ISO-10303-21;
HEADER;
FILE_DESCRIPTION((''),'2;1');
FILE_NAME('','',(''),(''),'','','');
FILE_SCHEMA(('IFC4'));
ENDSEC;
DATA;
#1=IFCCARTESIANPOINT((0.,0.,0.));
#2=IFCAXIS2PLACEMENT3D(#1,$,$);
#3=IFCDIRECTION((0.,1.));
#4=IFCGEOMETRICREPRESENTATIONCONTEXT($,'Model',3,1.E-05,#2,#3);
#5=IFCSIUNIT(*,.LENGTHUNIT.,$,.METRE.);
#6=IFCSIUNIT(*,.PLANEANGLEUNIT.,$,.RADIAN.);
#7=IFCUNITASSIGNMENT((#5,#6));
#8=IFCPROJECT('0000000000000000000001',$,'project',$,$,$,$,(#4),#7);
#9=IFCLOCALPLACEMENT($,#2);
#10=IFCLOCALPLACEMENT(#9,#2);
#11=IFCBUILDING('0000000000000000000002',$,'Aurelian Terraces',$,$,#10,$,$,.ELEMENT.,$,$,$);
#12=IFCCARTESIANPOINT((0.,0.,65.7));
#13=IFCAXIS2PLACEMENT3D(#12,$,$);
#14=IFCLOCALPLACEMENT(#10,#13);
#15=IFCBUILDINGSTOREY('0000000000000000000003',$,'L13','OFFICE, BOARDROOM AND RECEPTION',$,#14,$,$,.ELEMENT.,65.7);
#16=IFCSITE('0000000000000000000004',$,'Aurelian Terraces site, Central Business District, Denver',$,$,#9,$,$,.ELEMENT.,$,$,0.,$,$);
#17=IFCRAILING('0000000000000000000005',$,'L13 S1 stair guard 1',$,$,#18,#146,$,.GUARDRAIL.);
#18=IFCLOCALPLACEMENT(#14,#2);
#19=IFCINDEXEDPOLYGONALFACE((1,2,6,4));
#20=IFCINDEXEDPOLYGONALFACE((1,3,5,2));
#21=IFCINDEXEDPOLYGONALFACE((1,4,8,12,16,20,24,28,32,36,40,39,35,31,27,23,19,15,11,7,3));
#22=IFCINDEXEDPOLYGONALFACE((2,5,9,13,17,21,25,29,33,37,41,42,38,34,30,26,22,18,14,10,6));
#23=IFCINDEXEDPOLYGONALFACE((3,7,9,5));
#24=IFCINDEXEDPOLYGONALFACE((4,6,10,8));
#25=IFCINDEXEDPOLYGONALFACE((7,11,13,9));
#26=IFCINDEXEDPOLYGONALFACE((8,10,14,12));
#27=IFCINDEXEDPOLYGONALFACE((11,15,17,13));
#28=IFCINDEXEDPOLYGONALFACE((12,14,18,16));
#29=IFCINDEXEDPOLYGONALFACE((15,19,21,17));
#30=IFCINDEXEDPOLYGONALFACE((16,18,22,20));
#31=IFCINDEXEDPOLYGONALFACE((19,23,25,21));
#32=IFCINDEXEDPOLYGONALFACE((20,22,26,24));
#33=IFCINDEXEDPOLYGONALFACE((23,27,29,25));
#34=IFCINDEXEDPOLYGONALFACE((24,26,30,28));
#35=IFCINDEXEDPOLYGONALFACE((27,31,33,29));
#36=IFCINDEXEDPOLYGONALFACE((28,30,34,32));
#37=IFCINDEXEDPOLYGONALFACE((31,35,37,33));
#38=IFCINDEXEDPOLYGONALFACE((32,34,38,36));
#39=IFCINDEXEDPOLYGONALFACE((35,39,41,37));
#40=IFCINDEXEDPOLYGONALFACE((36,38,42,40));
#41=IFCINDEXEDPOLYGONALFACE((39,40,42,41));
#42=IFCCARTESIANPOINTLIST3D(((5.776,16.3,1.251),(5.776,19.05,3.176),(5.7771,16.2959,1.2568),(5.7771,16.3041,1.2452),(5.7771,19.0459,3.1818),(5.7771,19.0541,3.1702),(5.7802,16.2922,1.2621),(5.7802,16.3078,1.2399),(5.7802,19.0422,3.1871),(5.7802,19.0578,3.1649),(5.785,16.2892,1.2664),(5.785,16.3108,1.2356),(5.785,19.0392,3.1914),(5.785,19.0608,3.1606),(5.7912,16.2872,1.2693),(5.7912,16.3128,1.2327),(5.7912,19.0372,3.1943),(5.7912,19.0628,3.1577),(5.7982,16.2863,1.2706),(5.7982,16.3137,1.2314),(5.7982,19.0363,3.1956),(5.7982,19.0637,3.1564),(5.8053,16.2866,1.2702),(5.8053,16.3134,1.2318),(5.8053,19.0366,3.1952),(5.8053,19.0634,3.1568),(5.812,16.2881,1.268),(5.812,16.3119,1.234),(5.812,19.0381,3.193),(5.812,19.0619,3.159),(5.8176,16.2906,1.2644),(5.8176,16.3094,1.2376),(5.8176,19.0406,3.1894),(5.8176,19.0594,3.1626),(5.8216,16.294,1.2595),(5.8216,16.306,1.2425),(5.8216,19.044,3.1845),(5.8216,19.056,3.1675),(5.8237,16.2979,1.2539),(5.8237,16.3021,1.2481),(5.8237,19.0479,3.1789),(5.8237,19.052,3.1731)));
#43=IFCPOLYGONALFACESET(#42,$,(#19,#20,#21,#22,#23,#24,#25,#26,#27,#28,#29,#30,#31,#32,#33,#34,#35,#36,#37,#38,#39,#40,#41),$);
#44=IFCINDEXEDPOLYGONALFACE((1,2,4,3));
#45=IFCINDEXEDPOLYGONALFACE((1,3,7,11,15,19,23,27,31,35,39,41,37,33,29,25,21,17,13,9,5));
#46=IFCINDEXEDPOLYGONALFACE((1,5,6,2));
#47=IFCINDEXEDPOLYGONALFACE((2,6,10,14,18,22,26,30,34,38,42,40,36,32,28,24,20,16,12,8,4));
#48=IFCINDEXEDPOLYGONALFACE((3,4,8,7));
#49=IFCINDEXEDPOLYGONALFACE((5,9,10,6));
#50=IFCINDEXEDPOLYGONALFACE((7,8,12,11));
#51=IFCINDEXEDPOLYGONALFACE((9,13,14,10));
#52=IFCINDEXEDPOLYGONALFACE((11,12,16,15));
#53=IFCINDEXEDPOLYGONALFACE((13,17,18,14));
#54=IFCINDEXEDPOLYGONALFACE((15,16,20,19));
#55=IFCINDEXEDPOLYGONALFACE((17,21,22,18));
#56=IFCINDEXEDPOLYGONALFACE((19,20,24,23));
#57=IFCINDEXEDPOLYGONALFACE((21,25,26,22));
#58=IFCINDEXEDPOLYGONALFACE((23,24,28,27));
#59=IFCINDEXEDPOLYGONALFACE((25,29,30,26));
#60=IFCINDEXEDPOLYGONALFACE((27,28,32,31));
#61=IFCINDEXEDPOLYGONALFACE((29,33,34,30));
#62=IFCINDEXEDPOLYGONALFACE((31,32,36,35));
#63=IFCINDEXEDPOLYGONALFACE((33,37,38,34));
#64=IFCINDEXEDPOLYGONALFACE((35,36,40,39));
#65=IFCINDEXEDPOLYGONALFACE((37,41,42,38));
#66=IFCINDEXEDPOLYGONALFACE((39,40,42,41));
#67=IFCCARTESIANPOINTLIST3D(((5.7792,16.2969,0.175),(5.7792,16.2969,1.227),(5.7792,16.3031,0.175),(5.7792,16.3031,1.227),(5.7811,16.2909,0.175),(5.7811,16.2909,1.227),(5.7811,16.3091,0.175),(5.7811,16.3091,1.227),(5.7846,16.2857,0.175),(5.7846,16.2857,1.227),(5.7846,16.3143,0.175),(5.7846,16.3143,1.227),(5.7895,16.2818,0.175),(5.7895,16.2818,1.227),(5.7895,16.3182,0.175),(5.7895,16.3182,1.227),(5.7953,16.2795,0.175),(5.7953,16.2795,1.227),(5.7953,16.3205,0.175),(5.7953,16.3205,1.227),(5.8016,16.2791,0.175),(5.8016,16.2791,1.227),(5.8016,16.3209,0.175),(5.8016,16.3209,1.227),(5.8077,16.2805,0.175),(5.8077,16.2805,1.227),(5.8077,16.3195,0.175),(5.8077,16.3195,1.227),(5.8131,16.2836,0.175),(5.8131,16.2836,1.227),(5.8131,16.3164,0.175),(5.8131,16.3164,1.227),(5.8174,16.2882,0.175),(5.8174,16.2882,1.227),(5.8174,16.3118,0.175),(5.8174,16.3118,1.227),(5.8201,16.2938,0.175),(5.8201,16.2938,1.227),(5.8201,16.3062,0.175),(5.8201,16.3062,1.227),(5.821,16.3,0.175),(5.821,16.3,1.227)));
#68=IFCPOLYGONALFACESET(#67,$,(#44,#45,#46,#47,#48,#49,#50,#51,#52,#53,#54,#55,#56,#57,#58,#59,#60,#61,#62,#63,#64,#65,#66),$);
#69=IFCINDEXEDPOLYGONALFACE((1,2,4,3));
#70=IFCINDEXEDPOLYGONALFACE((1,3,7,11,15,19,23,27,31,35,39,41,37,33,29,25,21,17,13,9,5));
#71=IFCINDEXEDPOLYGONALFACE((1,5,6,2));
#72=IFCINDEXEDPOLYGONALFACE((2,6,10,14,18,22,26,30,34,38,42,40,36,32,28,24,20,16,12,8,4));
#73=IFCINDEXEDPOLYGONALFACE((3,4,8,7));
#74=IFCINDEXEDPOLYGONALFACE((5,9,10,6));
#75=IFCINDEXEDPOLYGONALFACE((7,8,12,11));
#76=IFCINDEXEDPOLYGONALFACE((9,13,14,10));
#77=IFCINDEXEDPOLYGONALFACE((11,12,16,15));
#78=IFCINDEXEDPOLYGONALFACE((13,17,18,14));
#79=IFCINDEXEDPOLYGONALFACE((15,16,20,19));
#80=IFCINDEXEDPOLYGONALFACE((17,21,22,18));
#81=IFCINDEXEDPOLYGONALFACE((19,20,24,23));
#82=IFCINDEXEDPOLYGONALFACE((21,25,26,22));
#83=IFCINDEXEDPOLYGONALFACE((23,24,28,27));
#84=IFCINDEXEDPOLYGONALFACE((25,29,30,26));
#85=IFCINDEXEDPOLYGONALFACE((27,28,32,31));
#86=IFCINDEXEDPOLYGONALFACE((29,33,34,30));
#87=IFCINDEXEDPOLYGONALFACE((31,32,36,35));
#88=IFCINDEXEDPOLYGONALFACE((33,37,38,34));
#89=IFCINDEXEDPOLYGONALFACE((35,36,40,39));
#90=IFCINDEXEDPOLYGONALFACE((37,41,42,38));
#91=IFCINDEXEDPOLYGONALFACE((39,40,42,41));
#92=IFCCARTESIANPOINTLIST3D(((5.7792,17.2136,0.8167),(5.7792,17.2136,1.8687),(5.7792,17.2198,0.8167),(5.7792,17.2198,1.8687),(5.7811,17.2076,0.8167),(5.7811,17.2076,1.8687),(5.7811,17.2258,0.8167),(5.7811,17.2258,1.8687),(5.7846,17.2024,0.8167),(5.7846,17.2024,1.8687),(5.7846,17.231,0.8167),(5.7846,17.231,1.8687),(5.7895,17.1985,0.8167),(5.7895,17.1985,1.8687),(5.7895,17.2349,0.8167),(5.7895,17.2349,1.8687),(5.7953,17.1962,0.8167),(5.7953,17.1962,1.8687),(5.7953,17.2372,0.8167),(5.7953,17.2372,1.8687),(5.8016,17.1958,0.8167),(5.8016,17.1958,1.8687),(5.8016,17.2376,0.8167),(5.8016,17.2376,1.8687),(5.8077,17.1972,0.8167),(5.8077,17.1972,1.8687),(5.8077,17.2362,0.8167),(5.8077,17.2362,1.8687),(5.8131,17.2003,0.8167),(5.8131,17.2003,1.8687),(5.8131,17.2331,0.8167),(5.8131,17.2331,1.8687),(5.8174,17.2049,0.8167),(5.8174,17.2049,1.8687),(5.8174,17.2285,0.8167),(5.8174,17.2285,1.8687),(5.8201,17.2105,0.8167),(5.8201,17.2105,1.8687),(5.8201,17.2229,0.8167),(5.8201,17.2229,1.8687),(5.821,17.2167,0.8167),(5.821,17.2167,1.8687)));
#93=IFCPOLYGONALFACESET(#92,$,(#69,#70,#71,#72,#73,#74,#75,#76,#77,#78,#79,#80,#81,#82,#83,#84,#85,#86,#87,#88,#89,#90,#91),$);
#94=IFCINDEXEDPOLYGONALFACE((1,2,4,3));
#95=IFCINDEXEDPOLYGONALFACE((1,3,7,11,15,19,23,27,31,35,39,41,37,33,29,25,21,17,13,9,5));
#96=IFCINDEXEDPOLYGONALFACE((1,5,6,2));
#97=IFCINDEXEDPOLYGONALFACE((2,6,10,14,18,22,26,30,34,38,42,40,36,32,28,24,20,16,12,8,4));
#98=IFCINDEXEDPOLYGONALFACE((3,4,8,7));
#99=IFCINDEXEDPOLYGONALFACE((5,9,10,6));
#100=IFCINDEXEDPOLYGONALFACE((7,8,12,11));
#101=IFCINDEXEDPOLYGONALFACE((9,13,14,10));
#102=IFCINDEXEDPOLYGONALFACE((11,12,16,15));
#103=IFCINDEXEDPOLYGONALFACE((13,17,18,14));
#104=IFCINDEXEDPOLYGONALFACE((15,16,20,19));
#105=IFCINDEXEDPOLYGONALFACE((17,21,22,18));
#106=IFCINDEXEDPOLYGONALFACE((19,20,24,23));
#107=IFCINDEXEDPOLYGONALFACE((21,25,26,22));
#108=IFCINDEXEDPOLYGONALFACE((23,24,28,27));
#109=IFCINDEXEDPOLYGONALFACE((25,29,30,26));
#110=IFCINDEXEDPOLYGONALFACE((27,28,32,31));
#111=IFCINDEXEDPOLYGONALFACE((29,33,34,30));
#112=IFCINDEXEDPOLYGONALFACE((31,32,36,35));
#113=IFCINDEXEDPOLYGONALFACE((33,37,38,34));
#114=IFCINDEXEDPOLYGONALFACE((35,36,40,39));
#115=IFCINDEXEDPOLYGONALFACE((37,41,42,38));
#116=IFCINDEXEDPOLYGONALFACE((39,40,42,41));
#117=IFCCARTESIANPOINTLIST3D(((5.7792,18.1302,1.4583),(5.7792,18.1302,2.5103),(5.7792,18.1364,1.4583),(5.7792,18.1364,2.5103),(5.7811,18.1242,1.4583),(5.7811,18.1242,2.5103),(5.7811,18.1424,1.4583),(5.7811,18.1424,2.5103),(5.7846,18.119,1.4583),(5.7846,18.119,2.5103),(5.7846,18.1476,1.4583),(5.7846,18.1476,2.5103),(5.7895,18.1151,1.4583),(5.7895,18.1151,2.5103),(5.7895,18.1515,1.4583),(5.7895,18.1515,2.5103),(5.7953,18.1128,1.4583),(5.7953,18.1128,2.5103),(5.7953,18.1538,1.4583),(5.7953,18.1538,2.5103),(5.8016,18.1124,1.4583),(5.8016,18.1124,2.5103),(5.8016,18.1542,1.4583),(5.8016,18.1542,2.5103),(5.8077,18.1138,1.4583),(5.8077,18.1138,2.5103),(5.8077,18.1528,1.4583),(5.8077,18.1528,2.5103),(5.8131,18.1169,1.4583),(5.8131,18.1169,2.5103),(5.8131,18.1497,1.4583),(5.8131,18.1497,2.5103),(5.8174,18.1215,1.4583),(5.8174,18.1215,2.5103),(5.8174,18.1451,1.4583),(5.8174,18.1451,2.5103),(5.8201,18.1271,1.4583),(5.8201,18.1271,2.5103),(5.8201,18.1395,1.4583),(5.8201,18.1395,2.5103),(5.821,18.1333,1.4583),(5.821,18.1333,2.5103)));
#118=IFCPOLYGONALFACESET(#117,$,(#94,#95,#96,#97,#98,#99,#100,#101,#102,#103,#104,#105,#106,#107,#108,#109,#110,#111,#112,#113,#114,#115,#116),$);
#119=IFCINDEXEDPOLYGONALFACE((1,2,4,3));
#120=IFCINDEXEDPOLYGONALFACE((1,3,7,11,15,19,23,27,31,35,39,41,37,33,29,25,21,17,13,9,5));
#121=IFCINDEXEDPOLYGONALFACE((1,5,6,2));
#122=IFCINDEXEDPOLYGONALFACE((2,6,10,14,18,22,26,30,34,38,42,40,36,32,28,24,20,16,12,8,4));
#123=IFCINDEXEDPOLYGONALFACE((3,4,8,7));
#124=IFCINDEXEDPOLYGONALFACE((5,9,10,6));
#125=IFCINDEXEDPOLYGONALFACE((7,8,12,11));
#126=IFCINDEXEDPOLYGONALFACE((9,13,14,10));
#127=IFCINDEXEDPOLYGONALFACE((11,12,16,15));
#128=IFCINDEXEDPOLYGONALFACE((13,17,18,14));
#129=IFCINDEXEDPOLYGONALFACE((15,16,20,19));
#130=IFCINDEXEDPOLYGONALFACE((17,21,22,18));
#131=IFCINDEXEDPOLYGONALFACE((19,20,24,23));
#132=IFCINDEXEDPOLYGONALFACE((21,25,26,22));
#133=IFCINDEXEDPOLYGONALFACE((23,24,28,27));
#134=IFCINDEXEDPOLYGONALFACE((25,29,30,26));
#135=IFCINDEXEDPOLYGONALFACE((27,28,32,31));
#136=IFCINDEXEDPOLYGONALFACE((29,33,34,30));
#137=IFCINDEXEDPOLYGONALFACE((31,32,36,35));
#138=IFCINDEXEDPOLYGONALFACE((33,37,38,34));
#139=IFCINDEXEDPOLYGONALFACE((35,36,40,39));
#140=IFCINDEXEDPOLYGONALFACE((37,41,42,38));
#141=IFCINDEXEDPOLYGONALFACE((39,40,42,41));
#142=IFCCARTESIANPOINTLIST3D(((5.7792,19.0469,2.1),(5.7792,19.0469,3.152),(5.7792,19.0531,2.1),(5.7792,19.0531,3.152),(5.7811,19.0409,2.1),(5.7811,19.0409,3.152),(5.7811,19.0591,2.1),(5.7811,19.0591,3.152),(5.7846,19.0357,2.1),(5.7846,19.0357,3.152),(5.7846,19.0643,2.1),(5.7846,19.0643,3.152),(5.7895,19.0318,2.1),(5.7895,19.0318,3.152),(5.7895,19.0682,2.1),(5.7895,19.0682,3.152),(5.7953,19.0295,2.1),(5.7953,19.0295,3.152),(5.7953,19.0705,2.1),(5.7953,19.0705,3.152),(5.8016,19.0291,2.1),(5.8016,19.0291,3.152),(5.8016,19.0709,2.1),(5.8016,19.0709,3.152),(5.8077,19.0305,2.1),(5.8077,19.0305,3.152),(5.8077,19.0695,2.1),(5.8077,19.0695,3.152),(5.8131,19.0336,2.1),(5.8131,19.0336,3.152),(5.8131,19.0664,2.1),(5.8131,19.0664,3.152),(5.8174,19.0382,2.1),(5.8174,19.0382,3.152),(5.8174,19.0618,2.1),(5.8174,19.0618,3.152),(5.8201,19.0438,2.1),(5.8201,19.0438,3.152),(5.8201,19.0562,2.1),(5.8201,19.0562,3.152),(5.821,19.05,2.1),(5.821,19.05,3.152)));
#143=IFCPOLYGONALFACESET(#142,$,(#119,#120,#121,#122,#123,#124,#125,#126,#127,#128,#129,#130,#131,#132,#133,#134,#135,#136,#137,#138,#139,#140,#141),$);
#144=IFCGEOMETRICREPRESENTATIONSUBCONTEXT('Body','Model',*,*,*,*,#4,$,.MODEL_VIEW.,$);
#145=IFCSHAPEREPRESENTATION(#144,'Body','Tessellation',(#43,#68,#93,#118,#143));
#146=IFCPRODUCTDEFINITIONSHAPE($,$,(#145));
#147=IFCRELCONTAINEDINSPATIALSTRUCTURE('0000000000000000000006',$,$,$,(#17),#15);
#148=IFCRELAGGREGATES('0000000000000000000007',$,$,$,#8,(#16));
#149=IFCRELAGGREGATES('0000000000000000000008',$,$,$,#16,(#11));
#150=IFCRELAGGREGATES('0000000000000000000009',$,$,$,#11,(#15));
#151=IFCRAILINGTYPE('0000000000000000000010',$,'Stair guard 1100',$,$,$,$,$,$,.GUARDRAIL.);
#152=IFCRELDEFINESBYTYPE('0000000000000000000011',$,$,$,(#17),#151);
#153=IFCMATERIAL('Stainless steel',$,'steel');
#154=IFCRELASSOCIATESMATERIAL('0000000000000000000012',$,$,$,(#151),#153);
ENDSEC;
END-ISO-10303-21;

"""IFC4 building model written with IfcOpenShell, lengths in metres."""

from ifc_helpers import new_model, si_unit, direction, frame, origin, origin_2d, place, context, subcontext, project, spatial, circle, extrude, source, transform, mapped, material, type_object, element, save


model = new_model("IFC4")

# Units and contexts
model_context = context("Model", 3, precision=1e-05, world=origin(), true_north=direction((0.0, 1.0)))
body_context = subcontext(model_context, "Body", "Model", "MODEL_VIEW")
ifc_project = project(units=[si_unit("LENGTHUNIT", "METRE"), si_unit("PLANEANGLEUNIT", "RADIAN")], contexts=[model_context])

# Site, building, storey
site_placement = place(None, origin())
site = spatial("IfcSite", under=ifc_project, at=site_placement, Name="Aurelian Terraces site, Central Business District, Denver", CompositionType="ELEMENT", RefElevation=0.0)
building_placement = place(site_placement, origin())
building = spatial("IfcBuilding", under=site, at=building_placement, Name="Aurelian Terraces", CompositionType="ELEMENT")
storey_placement = place(building_placement, frame((0.0, 0.0, 65.7)))
storey = spatial("IfcBuildingStorey", under=building, at=storey_placement, Name="L13", Description="OFFICE, BOARDROOM AND RECEPTION", CompositionType="ELEMENT", Elevation=65.7)

# Railing
ifc_material_1 = material(Name="Stainless steel", Category="steel")
railing_type_1 = type_object("IfcRailingType", Name="Stair guard 1100", PredefinedType="GUARDRAIL", material=ifc_material_1)
shared_shape_1 = source(origin(), body_context, "Body", "SweptSolid", [
    extrude(circle(Radius=0.024, at=origin_2d()), frame((0.0, 0.0, 1.076), z_axis=(0.0, 0.819232, 0.573462), x_axis=(-1.0, 0.0, 0.0)), (0.0, 0.0, 1.0), 3.3568),
    extrude(circle(Radius=0.021, at=origin_2d()), origin(), (0.0, 0.0, 1.0), 1.052),
    extrude(circle(Radius=0.021, at=origin_2d()), frame((0.0, 0.9167, 0.6417)), (0.0, 0.0, 1.0), 1.052),
    extrude(circle(Radius=0.021, at=origin_2d()), frame((0.0, 1.8333, 1.2833)), (0.0, 0.0, 1.0), 1.052),
    extrude(circle(Radius=0.021, at=origin_2d()), frame((0.0, 2.75, 1.925)), (0.0, 0.0, 1.0), 1.052),
])
railing_1_placement = place(storey_placement, frame((5.8, 16.3, 0.175)))
element("IfcRailing", 1, at=railing_1_placement, inside=storey, type_object=railing_type_1, Name="L13 S1 stair guard 1", PredefinedType="GUARDRAIL", context=body_context, shape_type="MappedRepresentation", body=[
    mapped(shared_shape_1, transform((0.0, 0.0, 0.0), scale=1.0)),
])

save(model, "model.ifc")
